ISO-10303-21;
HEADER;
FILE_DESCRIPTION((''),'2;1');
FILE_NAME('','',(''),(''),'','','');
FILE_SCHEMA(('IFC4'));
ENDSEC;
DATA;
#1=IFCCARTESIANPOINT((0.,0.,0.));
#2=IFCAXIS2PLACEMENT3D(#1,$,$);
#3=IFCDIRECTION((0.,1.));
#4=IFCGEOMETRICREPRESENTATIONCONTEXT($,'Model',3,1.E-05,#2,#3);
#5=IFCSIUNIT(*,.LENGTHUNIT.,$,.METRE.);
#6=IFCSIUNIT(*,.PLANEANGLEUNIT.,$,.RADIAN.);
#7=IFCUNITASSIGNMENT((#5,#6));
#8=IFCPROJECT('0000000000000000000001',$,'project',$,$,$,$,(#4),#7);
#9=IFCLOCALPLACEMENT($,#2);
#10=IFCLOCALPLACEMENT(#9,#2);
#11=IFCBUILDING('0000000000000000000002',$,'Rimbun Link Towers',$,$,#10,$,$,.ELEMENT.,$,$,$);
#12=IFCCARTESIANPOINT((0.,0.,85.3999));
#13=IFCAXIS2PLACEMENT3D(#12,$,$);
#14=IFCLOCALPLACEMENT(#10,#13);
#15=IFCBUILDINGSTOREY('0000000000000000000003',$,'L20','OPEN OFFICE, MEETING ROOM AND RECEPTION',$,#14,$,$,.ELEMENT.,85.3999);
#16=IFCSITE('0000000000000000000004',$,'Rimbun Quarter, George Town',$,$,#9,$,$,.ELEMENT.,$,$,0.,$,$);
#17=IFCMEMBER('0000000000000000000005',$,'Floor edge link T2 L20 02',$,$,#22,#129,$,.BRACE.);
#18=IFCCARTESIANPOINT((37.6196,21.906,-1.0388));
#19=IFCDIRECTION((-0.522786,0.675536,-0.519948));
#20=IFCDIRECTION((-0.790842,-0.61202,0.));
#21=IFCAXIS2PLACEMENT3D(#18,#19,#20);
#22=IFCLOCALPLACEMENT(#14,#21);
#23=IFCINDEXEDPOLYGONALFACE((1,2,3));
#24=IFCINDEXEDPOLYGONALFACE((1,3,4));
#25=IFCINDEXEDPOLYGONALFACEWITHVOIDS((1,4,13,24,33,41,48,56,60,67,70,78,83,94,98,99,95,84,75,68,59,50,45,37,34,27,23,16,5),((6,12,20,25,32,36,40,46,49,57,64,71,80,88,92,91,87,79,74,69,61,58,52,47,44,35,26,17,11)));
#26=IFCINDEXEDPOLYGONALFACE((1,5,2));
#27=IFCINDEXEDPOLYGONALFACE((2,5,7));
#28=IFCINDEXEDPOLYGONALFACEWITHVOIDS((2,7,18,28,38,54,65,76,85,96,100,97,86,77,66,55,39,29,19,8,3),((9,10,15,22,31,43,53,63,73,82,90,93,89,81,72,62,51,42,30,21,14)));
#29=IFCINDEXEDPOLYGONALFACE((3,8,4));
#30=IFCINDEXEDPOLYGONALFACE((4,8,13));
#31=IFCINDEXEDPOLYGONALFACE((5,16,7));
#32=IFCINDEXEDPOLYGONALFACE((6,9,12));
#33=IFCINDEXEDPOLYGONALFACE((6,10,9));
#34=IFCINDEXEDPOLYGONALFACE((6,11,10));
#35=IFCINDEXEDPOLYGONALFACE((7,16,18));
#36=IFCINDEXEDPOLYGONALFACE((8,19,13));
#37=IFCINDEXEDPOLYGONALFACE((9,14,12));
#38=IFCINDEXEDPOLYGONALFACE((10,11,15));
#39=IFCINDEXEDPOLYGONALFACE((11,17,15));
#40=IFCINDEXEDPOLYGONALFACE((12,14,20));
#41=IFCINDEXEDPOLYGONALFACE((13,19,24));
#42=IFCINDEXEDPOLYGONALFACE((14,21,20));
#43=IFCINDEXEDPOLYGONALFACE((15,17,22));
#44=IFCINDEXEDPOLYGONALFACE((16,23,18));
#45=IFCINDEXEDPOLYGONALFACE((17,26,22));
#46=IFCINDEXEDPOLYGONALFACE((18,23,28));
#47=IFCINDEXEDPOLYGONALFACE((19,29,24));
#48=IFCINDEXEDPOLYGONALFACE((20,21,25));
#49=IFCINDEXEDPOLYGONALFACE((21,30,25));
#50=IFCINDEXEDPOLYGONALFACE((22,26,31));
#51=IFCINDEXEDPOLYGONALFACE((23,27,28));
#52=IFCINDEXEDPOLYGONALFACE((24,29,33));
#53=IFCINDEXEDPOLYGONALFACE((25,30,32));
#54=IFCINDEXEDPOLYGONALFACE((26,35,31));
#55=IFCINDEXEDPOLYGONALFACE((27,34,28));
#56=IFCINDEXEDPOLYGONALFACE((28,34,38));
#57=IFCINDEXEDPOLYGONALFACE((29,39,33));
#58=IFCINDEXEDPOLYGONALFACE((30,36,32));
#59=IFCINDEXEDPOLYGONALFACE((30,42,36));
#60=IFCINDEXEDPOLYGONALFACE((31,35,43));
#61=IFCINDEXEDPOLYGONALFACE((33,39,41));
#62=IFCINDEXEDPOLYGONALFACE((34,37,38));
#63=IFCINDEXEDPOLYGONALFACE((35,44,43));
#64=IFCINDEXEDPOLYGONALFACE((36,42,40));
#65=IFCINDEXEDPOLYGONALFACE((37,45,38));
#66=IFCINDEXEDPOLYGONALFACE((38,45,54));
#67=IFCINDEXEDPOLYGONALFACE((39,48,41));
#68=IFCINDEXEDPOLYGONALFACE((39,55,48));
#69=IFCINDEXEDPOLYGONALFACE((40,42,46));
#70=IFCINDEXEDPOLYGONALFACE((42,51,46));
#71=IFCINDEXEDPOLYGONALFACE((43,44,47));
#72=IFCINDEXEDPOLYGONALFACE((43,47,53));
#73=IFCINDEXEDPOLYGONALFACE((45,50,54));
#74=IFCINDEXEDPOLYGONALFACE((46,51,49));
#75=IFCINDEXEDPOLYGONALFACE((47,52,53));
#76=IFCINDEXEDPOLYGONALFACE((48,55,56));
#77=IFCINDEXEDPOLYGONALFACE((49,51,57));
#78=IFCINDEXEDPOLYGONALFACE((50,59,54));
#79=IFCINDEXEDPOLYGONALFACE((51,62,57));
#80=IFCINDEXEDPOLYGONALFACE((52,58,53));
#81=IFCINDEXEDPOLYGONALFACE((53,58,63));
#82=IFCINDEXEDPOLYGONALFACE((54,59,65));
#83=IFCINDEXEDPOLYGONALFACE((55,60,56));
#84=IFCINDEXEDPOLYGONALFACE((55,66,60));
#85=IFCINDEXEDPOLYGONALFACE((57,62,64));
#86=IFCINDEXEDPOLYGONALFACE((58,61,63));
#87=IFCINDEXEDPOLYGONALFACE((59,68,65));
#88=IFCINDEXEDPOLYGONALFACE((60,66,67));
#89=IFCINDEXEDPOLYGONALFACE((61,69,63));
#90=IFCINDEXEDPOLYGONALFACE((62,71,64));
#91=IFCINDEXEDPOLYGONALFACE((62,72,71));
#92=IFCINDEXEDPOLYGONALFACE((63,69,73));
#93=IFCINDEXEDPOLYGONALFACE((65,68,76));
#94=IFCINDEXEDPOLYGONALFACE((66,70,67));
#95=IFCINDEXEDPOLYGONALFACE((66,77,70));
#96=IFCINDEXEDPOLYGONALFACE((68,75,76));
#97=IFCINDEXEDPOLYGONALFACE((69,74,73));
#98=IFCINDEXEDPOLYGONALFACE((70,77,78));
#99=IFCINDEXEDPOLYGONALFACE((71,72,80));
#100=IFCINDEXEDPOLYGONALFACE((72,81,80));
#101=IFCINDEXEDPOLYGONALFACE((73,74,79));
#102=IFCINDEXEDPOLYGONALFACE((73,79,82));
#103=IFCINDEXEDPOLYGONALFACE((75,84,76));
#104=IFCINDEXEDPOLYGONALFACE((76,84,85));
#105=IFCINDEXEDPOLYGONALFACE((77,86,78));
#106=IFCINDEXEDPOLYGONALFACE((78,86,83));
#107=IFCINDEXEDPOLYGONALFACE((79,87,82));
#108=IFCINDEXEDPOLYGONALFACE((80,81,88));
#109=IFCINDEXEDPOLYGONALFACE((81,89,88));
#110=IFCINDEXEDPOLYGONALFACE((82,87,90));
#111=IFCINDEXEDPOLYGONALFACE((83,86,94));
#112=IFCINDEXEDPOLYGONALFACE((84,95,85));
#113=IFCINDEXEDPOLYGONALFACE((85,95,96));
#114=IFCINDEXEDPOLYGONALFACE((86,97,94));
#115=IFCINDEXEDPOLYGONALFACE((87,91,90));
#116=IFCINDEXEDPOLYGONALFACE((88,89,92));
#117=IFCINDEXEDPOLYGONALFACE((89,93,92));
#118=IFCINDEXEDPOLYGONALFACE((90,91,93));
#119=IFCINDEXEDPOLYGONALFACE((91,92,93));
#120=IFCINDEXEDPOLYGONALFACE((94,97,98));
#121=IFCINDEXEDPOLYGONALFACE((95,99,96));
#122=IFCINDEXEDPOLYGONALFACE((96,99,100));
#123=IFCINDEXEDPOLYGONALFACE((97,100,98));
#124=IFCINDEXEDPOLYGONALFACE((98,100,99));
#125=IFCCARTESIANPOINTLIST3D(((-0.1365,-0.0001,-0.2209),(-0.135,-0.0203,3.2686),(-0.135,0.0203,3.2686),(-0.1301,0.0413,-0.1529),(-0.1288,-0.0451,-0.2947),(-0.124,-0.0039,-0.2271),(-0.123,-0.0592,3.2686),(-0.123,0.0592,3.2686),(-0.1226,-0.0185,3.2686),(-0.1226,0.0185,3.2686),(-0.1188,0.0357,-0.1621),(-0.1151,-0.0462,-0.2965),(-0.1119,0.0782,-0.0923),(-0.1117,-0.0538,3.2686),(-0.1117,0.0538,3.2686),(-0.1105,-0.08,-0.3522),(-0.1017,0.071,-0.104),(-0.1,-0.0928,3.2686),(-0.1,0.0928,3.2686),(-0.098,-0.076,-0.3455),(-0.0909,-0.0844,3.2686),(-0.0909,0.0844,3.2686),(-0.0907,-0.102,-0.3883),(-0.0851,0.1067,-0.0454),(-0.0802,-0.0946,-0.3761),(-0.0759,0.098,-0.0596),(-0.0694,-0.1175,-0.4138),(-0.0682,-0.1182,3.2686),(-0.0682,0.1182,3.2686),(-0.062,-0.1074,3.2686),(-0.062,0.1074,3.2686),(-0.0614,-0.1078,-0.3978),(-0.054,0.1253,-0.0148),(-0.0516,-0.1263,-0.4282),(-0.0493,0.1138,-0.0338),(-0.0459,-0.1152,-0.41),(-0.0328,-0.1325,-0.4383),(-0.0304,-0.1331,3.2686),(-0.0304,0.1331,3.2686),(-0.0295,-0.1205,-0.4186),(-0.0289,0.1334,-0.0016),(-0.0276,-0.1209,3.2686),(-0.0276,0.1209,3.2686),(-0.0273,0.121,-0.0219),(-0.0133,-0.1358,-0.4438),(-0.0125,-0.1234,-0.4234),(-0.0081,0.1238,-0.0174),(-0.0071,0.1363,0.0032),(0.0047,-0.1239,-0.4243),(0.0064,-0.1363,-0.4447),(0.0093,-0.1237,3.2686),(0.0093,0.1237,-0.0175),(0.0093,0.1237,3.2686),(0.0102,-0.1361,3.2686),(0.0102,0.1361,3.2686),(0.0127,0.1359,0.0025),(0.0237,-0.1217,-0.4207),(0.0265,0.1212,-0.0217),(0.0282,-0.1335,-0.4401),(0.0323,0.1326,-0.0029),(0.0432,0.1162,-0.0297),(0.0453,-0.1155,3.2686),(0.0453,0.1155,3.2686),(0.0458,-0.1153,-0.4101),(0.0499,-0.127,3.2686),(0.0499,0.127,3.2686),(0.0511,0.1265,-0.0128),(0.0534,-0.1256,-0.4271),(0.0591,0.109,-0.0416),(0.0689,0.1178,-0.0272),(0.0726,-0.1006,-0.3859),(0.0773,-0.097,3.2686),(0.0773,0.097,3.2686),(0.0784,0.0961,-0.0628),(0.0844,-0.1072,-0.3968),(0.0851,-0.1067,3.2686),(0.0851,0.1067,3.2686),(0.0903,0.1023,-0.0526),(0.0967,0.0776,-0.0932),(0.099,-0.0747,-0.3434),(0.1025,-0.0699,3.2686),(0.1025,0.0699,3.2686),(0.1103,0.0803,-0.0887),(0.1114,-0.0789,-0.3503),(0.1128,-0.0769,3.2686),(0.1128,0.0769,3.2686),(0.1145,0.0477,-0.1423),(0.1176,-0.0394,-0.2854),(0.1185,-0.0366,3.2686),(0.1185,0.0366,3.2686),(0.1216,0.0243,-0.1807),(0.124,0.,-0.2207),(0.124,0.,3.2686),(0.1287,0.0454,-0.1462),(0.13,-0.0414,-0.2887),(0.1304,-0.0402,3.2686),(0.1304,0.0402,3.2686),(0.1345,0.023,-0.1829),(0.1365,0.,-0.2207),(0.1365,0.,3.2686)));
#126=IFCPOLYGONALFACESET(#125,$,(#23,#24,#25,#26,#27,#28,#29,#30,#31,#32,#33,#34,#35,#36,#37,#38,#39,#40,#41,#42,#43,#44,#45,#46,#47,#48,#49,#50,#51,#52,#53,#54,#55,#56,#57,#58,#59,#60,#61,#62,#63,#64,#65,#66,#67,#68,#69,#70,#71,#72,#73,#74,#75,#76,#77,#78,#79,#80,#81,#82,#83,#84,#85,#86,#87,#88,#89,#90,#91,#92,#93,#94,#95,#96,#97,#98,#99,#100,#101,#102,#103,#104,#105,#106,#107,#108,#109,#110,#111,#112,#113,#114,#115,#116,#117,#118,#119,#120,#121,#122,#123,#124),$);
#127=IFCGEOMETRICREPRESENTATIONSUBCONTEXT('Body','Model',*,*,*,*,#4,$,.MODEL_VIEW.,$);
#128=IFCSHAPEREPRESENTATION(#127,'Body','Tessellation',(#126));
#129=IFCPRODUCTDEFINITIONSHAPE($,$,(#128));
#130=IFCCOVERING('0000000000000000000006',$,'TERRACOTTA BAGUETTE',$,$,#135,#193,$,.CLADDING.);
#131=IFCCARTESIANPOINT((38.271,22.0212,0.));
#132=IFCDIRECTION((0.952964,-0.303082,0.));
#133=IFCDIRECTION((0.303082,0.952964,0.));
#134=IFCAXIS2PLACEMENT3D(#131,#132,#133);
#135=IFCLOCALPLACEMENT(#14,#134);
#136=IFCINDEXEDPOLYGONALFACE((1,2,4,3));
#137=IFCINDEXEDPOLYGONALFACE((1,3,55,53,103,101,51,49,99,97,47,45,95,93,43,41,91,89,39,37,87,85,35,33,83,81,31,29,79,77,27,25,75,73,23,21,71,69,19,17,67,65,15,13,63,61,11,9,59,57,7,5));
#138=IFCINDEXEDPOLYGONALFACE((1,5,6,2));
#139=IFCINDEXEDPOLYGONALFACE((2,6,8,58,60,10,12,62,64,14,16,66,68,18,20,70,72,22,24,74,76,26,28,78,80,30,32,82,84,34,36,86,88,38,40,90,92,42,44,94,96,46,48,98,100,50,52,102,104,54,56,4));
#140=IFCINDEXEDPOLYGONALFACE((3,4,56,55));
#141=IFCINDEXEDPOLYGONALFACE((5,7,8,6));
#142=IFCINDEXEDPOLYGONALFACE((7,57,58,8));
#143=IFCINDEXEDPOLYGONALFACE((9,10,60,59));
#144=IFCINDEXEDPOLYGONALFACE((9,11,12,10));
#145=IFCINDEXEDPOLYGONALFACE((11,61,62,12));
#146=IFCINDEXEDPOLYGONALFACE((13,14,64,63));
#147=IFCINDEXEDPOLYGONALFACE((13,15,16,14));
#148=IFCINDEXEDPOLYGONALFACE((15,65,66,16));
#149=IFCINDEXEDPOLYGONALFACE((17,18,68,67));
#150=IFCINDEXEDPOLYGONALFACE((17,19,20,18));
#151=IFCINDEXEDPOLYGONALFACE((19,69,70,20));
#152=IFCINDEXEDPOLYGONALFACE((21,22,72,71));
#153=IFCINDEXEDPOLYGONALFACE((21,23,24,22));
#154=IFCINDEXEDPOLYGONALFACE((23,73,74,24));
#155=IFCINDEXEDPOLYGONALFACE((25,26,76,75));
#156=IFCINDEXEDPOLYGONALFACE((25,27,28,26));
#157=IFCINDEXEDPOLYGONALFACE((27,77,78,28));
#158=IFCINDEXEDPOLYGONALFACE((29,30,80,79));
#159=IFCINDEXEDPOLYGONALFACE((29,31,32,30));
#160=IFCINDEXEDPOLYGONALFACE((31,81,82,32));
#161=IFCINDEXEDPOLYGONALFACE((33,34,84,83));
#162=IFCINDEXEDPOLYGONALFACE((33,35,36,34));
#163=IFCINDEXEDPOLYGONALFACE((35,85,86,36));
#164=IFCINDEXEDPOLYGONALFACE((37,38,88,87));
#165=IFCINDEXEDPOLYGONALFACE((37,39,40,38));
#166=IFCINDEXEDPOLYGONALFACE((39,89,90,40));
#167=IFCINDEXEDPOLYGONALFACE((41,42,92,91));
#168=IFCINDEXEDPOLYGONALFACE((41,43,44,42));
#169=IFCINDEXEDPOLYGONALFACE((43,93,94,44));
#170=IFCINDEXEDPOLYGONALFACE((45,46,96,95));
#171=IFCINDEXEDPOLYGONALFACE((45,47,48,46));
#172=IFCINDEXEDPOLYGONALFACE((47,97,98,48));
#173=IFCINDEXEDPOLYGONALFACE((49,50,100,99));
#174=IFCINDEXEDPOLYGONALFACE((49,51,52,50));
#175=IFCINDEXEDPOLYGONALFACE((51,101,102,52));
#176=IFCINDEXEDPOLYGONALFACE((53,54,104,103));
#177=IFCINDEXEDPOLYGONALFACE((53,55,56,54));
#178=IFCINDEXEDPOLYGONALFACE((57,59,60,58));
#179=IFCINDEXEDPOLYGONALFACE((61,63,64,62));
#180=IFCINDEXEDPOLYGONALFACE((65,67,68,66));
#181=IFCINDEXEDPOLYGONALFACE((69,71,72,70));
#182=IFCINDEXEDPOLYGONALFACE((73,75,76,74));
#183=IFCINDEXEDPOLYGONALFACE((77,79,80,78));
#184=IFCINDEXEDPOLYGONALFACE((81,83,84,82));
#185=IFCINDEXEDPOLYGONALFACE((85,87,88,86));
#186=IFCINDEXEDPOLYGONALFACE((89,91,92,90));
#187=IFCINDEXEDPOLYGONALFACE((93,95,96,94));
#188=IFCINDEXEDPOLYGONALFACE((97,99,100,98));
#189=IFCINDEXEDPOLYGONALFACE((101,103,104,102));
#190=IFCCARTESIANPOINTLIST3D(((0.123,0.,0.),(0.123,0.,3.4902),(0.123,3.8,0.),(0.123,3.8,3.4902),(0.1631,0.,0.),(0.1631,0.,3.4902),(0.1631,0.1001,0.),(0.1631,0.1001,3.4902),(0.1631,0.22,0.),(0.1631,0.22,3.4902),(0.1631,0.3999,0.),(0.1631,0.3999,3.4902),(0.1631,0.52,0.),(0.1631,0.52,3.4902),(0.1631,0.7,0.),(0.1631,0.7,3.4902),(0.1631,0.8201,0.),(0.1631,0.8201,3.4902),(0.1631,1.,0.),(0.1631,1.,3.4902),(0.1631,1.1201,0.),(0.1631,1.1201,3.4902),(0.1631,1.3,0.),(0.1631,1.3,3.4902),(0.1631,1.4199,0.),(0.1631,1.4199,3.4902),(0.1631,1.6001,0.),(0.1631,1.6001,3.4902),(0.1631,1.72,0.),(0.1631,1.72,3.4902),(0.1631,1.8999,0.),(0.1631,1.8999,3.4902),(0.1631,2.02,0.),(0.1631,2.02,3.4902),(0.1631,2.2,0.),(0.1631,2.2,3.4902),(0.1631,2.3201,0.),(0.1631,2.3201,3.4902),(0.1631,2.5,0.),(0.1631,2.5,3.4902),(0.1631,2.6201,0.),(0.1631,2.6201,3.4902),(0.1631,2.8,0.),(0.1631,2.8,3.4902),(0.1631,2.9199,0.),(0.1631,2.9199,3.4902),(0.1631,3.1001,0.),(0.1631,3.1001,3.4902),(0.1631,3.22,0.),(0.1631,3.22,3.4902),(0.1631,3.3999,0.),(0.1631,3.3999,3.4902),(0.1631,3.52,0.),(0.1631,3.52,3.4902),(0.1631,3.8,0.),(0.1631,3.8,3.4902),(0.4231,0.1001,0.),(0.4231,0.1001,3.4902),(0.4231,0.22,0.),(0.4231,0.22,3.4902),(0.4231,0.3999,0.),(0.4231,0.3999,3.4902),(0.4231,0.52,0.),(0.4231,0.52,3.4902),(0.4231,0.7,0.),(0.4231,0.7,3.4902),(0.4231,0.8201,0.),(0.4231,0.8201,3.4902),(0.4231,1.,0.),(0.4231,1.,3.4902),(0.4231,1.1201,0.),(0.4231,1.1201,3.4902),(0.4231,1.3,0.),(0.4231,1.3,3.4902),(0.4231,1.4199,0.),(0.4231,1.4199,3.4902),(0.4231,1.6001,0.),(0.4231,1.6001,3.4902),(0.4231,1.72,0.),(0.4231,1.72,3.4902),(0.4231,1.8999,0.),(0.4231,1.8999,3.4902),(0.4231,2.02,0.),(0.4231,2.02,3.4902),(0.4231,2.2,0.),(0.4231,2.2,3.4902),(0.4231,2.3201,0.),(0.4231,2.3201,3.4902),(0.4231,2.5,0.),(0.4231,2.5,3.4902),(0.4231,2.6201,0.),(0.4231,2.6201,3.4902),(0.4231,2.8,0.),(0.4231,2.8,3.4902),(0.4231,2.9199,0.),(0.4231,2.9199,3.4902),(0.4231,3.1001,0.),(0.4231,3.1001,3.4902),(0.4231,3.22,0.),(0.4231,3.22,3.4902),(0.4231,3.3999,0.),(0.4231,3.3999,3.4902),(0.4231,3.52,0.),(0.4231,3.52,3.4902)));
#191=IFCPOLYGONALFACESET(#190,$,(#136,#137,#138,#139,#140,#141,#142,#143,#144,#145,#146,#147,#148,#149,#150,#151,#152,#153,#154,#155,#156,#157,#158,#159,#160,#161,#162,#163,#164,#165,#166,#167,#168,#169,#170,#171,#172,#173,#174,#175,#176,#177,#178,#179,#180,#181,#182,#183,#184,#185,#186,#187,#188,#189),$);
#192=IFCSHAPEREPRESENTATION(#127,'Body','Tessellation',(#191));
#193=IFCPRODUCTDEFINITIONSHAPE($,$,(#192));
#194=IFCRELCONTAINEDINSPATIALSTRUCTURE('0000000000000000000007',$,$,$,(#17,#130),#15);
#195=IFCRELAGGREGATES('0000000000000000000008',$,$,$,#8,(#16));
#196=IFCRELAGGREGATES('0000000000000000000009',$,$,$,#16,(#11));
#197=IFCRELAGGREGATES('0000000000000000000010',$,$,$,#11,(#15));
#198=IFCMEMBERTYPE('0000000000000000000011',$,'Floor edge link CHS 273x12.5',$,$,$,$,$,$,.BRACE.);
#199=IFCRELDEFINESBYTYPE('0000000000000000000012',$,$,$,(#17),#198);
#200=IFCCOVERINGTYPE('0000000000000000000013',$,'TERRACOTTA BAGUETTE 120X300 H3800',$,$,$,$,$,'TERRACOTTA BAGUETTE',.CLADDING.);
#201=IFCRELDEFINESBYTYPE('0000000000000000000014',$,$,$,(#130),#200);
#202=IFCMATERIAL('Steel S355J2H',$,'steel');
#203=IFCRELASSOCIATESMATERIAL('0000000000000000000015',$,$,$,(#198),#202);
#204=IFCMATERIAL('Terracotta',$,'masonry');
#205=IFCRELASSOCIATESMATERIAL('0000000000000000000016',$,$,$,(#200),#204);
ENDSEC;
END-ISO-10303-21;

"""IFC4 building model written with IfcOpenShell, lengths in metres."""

from ifc_helpers import new_model, si_unit, direction, frame, origin, origin_2d, place, context, subcontext, project, spatial, polyline, hollow_circle, outline, extrude, clip, halfspace, material, material_profile, profile_set, type_object, element, save


model = new_model("IFC4")

# Units and contexts
model_context = context("Model", 3, precision=1e-05, world=origin(), true_north=direction((0.0, 1.0)))
body_context = subcontext(model_context, "Body", "Model", "MODEL_VIEW")
ifc_project = project(units=[si_unit("LENGTHUNIT", "METRE"), si_unit("PLANEANGLEUNIT", "RADIAN")], contexts=[model_context])

# Site, building, storey
site_placement = place(None, origin())
site = spatial("IfcSite", under=ifc_project, at=site_placement, Name="Rimbun Quarter, George Town", CompositionType="ELEMENT", RefElevation=0.0)
building_placement = place(site_placement, origin())
building = spatial("IfcBuilding", under=site, at=building_placement, Name="Rimbun Link Towers", CompositionType="ELEMENT")
storey_placement = place(building_placement, frame((0.0, 0.0, 85.3999)))
storey = spatial("IfcBuildingStorey", under=building, at=storey_placement, Name="L20", Description="OPEN OFFICE, MEETING ROOM AND RECEPTION", CompositionType="ELEMENT", Elevation=85.3999)

# Member
ifc_material_1 = material(Name="Steel S355J2H", Category="steel")
ifc_material_profile_1 = material_profile(ifc_material_1, hollow_circle(Radius=0.1365, WallThickness=0.0125, at=origin_2d()), Name="CHS 273x12.5")
ifc_profile_set_1 = profile_set([ifc_material_profile_1], Name="Steel S355J2H")
member_type_1 = type_object("IfcMemberType", Name="Floor edge link CHS 273x12.5", PredefinedType="BRACE", material=ifc_profile_set_1)
member_1_placement = place(storey_placement, frame((37.6196, 21.906, -1.0388), z_axis=(-0.522786, 0.675536, -0.519948), x_axis=(-0.790842, -0.61202, 0.0)))
element("IfcMember", 1, at=member_1_placement, inside=storey, type_object=member_type_1, Name="Floor edge link T2 L20 02", PredefinedType="BRACE", context=body_context, shape_type="Clipping", body=[
    clip(extrude(hollow_circle(Radius=0.1365, WallThickness=0.0125, at=origin_2d()), frame((0.0, 0.0, -0.4678)), (0.0, 0.0, 1.0), 3.7363), halfspace(frame((0.0, 0.0, -0.2207), z_axis=(0.0, 0.854198, -0.519948)), False)),
])

# Covering
ifc_material_2 = material(Name="Terracotta", Category="masonry")
ifc_material_profile_2 = material_profile(ifc_material_2, outline(polyline([(0.123, 0.0), (0.1631, 0.0), (0.1631, 0.1001), (0.4231, 0.1001), (0.4231, 0.22), (0.1631, 0.22), (0.1631, 0.3999), (0.4231, 0.3999), (0.4231, 0.52), (0.1631, 0.52), (0.1631, 0.7), (0.4231, 0.7), (0.4231, 0.8201), (0.1631, 0.8201), (0.1631, 1.0), (0.4231, 1.0), (0.4231, 1.1201), (0.1631, 1.1201), (0.1631, 1.3), (0.4231, 1.3), (0.4231, 1.4199), (0.1631, 1.4199), (0.1631, 1.6001), (0.4231, 1.6001), (0.4231, 1.72), (0.1631, 1.72), (0.1631, 1.8999), (0.4231, 1.8999), (0.4231, 2.02), (0.1631, 2.02), (0.1631, 2.2), (0.4231, 2.2), (0.4231, 2.3201), (0.1631, 2.3201), (0.1631, 2.5), (0.4231, 2.5), (0.4231, 2.6201), (0.1631, 2.6201), (0.1631, 2.8), (0.4231, 2.8), (0.4231, 2.9199), (0.1631, 2.9199), (0.1631, 3.1001), (0.4231, 3.1001), (0.4231, 3.22), (0.1631, 3.22), (0.1631, 3.3999), (0.4231, 3.3999), (0.4231, 3.52), (0.1631, 3.52), (0.1631, 3.8), (0.123, 3.8), (0.123, 0.0)])), Name="BAGUETTE 120X300")
ifc_profile_set_2 = profile_set([ifc_material_profile_2], Name="Terracotta")
covering_type = type_object("IfcCoveringType", Name="TERRACOTTA BAGUETTE 120X300 H3800", ElementType="TERRACOTTA BAGUETTE", PredefinedType="CLADDING", material=ifc_profile_set_2)
covering_1_placement = place(storey_placement, frame((38.271, 22.0212, 0.0), z_axis=(0.952964, -0.303082, 0.0), x_axis=(0.303082, 0.952964, 0.0)))
element("IfcCovering", 2, at=covering_1_placement, inside=storey, type_object=covering_type, Name="TERRACOTTA BAGUETTE", PredefinedType="CLADDING", context=body_context, shape_type="SweptSolid", body=[
    extrude(outline(polyline([(0.123, 0.0), (0.1631, 0.0), (0.1631, 0.1001), (0.4231, 0.1001), (0.4231, 0.22), (0.1631, 0.22), (0.1631, 0.3999), (0.4231, 0.3999), (0.4231, 0.52), (0.1631, 0.52), (0.1631, 0.7), (0.4231, 0.7), (0.4231, 0.8201), (0.1631, 0.8201), (0.1631, 1.0), (0.4231, 1.0), (0.4231, 1.1201), (0.1631, 1.1201), (0.1631, 1.3), (0.4231, 1.3), (0.4231, 1.4199), (0.1631, 1.4199), (0.1631, 1.6001), (0.4231, 1.6001), (0.4231, 1.72), (0.1631, 1.72), (0.1631, 1.8999), (0.4231, 1.8999), (0.4231, 2.02), (0.1631, 2.02), (0.1631, 2.2), (0.4231, 2.2), (0.4231, 2.3201), (0.1631, 2.3201), (0.1631, 2.5), (0.4231, 2.5), (0.4231, 2.6201), (0.1631, 2.6201), (0.1631, 2.8), (0.4231, 2.8), (0.4231, 2.9199), (0.1631, 2.9199), (0.1631, 3.1001), (0.4231, 3.1001), (0.4231, 3.22), (0.1631, 3.22), (0.1631, 3.3999), (0.4231, 3.3999), (0.4231, 3.52), (0.1631, 3.52), (0.1631, 3.8), (0.123, 3.8), (0.123, 0.0)])), origin(), (0.0, 0.0, 1.0), 3.4902),
])

save(model, "model.ifc")
